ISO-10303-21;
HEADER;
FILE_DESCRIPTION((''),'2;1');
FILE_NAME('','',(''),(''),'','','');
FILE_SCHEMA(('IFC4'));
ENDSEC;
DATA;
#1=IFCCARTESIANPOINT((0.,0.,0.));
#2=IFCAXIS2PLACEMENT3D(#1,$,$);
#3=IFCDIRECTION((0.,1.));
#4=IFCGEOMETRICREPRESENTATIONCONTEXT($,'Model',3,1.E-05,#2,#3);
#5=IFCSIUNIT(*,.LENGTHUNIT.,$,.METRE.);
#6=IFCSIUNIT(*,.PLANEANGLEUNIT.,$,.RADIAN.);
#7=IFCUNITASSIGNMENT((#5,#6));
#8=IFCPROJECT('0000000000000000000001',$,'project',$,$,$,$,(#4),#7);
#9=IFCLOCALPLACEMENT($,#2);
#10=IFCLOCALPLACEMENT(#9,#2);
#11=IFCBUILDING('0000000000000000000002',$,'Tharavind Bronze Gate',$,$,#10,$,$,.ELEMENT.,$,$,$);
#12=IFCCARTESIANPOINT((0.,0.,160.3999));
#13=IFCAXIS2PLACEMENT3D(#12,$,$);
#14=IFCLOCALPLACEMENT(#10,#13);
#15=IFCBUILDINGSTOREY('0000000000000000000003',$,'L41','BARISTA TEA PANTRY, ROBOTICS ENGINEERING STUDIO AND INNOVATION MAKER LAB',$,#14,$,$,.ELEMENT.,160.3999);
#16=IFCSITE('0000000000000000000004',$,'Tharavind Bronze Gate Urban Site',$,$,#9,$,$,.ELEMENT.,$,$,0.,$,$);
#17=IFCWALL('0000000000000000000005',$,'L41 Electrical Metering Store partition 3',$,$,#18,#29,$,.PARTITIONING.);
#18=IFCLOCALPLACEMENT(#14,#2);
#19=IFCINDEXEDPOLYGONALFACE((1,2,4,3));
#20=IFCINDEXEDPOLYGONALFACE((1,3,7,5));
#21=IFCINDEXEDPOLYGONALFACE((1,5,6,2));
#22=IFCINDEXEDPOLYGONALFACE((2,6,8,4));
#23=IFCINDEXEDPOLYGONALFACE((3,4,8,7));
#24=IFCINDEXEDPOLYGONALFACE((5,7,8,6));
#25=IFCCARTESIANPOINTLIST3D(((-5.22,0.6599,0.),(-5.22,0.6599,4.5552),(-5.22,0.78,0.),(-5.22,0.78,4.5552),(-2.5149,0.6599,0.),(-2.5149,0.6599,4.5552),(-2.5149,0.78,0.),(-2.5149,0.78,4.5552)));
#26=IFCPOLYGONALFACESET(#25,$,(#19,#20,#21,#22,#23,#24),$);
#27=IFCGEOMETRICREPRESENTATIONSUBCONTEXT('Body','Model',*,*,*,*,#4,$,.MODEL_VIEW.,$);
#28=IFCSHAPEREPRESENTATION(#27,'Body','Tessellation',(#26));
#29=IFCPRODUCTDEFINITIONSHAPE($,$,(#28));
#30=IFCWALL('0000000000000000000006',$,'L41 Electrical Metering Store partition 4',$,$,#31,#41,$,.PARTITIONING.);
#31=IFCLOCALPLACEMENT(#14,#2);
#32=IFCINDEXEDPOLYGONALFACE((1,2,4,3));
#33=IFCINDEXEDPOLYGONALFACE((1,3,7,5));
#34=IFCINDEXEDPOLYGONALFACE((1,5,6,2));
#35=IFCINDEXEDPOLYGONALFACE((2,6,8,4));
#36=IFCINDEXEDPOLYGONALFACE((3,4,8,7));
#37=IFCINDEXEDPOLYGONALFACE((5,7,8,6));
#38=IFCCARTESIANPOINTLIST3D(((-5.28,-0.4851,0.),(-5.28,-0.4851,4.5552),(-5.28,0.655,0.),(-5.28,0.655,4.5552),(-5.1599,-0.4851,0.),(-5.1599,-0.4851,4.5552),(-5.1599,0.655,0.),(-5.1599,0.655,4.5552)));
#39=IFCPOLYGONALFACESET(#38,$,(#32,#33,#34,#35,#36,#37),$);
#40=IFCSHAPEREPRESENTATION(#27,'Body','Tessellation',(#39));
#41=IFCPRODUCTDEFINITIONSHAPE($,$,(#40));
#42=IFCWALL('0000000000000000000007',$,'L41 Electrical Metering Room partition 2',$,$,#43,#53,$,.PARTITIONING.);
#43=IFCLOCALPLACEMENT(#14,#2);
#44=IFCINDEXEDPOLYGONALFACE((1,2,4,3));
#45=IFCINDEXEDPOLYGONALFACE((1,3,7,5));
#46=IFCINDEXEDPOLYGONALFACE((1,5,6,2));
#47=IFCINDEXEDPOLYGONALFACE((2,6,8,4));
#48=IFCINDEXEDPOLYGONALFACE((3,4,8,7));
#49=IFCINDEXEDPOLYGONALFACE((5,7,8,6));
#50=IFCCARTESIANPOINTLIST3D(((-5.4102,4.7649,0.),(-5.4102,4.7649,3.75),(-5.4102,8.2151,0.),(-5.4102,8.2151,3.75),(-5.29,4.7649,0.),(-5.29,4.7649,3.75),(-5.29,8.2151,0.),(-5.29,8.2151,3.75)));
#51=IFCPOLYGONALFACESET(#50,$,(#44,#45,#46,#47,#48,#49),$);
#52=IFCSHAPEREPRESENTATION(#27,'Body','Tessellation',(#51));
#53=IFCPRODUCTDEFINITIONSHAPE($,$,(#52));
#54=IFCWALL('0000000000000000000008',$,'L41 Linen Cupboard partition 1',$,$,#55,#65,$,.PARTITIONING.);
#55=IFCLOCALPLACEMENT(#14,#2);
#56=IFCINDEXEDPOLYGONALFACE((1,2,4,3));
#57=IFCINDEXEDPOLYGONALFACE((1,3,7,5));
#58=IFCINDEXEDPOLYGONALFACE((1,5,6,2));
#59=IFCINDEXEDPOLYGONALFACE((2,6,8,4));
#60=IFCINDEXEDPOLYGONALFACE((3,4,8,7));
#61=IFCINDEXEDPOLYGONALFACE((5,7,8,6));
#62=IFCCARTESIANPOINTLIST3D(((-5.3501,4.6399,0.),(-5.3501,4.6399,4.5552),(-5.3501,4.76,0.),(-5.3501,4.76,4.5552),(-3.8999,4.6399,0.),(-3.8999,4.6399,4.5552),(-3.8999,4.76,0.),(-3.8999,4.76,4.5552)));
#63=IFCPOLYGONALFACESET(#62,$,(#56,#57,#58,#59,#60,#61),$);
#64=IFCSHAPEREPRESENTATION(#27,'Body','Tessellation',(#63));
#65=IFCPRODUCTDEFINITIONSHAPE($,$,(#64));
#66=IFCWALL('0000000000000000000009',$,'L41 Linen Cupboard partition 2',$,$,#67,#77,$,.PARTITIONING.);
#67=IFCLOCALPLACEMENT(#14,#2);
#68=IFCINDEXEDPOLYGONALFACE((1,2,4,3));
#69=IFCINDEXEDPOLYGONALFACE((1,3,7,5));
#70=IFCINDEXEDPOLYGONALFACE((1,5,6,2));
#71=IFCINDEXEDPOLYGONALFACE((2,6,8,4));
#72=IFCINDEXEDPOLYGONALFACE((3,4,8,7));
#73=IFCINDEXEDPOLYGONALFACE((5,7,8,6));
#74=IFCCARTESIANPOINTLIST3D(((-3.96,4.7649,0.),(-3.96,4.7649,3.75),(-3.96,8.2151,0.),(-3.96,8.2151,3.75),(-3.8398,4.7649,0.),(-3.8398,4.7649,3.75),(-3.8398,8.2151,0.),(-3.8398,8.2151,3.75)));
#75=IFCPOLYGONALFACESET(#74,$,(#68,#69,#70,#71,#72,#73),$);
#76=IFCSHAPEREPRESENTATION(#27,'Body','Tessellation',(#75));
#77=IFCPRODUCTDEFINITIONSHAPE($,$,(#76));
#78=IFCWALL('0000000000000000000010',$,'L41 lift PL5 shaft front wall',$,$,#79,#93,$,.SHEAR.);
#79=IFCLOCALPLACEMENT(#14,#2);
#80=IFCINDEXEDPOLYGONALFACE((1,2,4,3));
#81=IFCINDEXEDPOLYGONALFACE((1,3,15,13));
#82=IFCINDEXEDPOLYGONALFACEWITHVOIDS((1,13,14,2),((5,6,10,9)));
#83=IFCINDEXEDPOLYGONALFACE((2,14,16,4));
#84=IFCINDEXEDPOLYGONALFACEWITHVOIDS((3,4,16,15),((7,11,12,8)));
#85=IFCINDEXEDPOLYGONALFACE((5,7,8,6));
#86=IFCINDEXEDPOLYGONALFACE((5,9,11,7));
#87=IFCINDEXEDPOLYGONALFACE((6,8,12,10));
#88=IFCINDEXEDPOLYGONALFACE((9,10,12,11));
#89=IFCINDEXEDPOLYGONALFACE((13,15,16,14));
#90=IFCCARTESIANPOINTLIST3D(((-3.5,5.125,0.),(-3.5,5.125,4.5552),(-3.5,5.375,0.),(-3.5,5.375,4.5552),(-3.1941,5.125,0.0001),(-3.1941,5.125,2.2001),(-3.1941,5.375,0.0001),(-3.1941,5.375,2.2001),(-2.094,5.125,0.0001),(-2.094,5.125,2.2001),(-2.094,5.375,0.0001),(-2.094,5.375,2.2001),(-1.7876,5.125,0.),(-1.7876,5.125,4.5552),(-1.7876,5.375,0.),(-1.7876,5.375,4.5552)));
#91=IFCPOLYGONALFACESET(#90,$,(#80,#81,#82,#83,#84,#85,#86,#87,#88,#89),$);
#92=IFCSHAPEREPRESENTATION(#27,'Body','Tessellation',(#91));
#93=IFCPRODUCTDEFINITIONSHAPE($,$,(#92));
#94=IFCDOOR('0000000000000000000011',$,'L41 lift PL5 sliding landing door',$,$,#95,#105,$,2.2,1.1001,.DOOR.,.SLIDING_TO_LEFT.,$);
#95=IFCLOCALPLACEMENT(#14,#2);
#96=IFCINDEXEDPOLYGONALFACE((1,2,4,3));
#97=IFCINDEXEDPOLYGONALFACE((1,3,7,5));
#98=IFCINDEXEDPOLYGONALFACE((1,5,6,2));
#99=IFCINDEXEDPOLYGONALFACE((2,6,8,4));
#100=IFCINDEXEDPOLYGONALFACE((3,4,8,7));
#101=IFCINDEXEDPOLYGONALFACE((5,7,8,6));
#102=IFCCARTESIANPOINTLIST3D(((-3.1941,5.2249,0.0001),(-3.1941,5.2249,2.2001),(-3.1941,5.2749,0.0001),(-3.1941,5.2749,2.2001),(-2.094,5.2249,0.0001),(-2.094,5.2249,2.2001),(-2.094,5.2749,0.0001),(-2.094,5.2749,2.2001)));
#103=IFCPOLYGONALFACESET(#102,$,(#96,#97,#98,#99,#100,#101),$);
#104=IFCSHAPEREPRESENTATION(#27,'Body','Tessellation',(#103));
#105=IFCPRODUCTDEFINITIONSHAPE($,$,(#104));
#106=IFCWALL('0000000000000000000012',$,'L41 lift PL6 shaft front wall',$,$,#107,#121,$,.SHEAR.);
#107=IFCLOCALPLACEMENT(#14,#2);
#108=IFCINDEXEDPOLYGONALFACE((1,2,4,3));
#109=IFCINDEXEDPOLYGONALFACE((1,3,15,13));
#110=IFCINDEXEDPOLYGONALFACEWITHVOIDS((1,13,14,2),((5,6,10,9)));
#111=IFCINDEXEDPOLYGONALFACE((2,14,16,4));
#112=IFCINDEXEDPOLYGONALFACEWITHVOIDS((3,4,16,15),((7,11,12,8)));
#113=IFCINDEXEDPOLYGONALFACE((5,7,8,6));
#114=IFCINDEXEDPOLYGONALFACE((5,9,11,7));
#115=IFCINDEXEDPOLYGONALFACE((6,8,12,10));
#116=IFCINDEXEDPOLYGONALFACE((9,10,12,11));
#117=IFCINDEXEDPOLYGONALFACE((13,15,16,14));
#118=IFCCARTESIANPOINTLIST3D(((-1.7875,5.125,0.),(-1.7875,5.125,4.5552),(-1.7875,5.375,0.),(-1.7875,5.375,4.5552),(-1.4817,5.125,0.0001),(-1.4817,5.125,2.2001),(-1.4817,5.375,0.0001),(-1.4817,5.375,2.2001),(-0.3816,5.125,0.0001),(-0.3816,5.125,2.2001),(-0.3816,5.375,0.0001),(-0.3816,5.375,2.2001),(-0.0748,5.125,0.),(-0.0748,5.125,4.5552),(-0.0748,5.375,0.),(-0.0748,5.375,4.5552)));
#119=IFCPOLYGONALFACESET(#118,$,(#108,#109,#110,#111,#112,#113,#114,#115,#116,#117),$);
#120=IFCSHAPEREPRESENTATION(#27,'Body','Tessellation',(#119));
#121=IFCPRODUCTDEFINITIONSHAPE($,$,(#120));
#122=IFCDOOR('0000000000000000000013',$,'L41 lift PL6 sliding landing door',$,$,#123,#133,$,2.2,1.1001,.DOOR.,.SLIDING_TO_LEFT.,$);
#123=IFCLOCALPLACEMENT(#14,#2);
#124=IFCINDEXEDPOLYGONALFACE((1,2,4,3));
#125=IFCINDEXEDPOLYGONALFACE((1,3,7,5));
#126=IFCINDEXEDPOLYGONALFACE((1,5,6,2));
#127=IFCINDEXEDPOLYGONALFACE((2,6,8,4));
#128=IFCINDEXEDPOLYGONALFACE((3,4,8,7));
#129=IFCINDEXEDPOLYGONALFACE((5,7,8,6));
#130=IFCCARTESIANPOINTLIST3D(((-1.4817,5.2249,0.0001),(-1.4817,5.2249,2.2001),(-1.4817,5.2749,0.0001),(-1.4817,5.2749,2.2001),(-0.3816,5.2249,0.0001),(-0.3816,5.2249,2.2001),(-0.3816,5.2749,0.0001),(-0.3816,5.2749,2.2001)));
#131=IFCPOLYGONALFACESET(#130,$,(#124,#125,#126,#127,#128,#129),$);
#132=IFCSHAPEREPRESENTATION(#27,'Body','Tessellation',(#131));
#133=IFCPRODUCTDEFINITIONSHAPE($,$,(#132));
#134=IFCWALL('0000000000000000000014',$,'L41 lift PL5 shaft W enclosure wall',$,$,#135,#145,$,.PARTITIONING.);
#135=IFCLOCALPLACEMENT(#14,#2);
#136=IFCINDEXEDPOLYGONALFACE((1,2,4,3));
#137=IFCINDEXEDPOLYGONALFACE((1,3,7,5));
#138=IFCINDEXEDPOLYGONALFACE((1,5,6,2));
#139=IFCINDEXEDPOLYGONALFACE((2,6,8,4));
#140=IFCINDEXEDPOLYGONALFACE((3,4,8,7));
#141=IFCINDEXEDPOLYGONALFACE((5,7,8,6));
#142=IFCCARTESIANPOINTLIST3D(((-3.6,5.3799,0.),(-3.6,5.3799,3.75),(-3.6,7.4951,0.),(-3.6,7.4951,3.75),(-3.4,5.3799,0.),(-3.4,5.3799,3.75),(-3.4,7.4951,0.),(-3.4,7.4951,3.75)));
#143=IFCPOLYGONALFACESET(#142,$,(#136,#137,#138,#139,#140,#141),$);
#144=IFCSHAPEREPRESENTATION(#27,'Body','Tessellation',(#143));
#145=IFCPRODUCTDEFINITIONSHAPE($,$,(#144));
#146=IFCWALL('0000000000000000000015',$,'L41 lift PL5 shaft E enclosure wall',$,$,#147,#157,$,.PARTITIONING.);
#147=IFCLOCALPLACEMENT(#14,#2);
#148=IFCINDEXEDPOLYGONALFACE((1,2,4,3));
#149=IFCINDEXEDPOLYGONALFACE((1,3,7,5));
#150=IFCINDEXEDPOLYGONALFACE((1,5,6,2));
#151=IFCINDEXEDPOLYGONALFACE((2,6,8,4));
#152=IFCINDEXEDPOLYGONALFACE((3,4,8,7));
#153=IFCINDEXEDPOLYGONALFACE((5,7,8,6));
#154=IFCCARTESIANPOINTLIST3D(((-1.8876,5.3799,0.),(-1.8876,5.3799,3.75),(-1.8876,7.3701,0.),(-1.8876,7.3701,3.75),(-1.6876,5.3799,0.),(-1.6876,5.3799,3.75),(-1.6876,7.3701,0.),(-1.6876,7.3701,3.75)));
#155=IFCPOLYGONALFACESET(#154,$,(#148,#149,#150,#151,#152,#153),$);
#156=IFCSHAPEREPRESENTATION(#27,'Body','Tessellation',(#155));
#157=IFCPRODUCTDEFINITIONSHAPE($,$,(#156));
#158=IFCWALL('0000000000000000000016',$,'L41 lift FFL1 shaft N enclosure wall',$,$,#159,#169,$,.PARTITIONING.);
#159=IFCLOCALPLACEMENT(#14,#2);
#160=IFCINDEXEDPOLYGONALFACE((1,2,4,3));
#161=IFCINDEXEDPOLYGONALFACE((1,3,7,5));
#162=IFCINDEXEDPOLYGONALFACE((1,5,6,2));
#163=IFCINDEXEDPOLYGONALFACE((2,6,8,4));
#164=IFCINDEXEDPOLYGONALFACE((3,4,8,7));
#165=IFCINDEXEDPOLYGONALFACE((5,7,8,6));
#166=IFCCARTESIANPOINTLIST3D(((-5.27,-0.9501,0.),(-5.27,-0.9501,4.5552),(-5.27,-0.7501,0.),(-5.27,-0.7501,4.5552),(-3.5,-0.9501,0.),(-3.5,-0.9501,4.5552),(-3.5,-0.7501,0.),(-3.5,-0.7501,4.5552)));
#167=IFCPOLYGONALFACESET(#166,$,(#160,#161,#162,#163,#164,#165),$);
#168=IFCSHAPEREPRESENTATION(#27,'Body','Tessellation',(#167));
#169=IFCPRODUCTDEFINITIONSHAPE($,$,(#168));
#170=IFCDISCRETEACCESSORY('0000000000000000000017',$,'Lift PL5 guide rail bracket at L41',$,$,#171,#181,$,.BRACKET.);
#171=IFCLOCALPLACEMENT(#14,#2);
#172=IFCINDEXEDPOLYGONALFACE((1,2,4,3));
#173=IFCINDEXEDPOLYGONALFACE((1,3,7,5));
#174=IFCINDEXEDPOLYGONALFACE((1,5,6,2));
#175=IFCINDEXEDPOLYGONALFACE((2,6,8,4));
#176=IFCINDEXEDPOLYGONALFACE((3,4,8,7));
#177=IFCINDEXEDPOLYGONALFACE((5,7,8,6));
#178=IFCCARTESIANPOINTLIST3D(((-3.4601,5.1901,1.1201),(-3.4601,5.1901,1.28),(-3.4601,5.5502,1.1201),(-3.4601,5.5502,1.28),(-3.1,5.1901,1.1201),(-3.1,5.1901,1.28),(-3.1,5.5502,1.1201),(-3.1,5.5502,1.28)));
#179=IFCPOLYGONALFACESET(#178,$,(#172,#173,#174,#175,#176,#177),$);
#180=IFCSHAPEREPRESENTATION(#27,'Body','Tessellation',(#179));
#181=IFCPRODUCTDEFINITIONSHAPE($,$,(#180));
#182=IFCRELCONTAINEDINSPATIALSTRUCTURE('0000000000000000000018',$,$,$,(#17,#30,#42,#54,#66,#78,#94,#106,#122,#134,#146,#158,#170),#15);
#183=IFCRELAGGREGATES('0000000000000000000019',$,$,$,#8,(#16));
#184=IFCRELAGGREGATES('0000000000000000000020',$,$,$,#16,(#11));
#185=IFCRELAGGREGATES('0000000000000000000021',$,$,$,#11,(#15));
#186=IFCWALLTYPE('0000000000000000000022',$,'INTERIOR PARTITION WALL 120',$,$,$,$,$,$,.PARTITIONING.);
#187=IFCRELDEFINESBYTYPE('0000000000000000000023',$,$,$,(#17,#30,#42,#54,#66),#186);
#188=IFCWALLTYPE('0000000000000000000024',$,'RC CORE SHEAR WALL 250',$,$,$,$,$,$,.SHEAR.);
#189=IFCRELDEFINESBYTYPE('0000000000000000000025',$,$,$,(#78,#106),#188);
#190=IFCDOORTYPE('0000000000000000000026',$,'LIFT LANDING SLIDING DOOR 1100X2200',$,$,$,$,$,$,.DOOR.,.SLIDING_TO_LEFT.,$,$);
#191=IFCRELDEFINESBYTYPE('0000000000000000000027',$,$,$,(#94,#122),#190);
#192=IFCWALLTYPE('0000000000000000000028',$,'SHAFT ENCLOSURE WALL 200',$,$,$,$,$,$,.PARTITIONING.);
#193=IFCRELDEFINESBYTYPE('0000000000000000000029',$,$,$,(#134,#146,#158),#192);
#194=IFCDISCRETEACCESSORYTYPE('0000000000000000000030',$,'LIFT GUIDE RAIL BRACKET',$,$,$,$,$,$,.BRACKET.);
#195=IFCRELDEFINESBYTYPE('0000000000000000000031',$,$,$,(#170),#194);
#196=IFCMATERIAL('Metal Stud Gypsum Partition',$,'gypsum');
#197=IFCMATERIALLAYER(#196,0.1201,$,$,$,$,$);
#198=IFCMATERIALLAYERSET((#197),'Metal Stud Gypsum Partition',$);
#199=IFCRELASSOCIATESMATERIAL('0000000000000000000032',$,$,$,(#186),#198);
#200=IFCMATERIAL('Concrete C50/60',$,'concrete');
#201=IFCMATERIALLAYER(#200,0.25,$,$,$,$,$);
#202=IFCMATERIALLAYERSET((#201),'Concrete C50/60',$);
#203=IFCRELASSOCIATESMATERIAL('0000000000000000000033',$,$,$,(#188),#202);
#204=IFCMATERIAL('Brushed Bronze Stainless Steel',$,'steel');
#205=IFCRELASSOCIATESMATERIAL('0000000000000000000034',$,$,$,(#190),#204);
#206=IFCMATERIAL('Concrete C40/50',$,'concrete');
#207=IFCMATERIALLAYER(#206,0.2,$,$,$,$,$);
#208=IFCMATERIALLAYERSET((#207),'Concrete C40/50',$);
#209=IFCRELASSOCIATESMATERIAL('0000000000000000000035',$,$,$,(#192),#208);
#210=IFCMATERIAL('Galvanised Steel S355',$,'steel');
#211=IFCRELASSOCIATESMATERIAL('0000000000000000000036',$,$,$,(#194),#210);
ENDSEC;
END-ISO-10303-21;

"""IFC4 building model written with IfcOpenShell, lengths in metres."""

from ifc_helpers import new_model, si_unit, direction, frame, frame_2d, origin, origin_2d, place, context, subcontext, project, spatial, rectangle, extrude, material, layer, layer_set, type_object, element, fill, save


model = new_model("IFC4")

# Units and contexts
model_context = context("Model", 3, precision=1e-05, world=origin(), true_north=direction((0.0, 1.0)))
body_context = subcontext(model_context, "Body", "Model", "MODEL_VIEW")
ifc_project = project(units=[si_unit("LENGTHUNIT", "METRE"), si_unit("PLANEANGLEUNIT", "RADIAN")], contexts=[model_context])

# Site, building, storey
site_placement = place(None, origin())
site = spatial("IfcSite", under=ifc_project, at=site_placement, Name="Tharavind Bronze Gate Urban Site", CompositionType="ELEMENT", RefElevation=0.0)
building_placement = place(site_placement, origin())
building = spatial("IfcBuilding", under=site, at=building_placement, Name="Tharavind Bronze Gate", CompositionType="ELEMENT")
storey_placement = place(building_placement, frame((0.0, 0.0, 160.3999)))
storey = spatial("IfcBuildingStorey", under=building, at=storey_placement, Name="L41", Description="BARISTA TEA PANTRY, ROBOTICS ENGINEERING STUDIO AND INNOVATION MAKER LAB", CompositionType="ELEMENT", Elevation=160.3999)

# Shared definitions
ifc_material_1 = material(Name="Metal Stud Gypsum Partition", Category="gypsum")
ifc_layer_1 = layer(ifc_material_1, 0.1201)
ifc_layer_set_1 = layer_set([ifc_layer_1], Name="Metal Stud Gypsum Partition")
wall_type_1 = type_object("IfcWallType", Name="INTERIOR PARTITION WALL 120", PredefinedType="PARTITIONING", material=ifc_layer_set_1)

# Walls
wall_1_placement = place(storey_placement, frame((-2.5149, 0.72, 0.0), z_axis=(0.0, 0.0, 1.0), x_axis=(-1.0, 0.0, 0.0)))
element("IfcWall", 1, at=wall_1_placement, inside=storey, type_object=wall_type_1, Name="L41 Electrical Metering Store partition 3", PredefinedType="PARTITIONING", context=body_context, shape_type="SweptSolid", body=[
    extrude(rectangle(XDim=2.7051, YDim=0.1201, at=frame_2d((1.3525, 0.0))), origin(), (0.0, 0.0, 1.0), 4.5552),
])
wall_2_placement = place(storey_placement, frame((-5.22, 0.655, 0.0), z_axis=(0.0, 0.0, 1.0), x_axis=(0.0, -1.0, 0.0)))
element("IfcWall", 2, at=wall_2_placement, inside=storey, type_object=wall_type_1, Name="L41 Electrical Metering Store partition 4", PredefinedType="PARTITIONING", context=body_context, shape_type="SweptSolid", body=[
    extrude(rectangle(XDim=1.1401, YDim=0.1201, at=frame_2d((0.5701, 0.0))), origin(), (0.0, 0.0, 1.0), 4.5552),
])
wall_3_placement = place(storey_placement, frame((-5.3501, 4.7649, 0.0), z_axis=(0.0, 0.0, 1.0), x_axis=(0.0, 1.0, 0.0)))
element("IfcWall", 3, at=wall_3_placement, inside=storey, type_object=wall_type_1, Name="L41 Electrical Metering Room partition 2", PredefinedType="PARTITIONING", context=body_context, shape_type="SweptSolid", body=[
    extrude(rectangle(XDim=3.4502, YDim=0.1201, at=frame_2d((1.7251, 0.0))), origin(), (0.0, 0.0, 1.0), 3.75),
])
wall_4_placement = place(storey_placement, frame((-5.3501, 4.7, 0.0), z_axis=(0.0, 0.0, 1.0), x_axis=(1.0, 0.0, 0.0)))
element("IfcWall", 4, at=wall_4_placement, inside=storey, type_object=wall_type_1, Name="L41 Linen Cupboard partition 1", PredefinedType="PARTITIONING", context=body_context, shape_type="SweptSolid", body=[
    extrude(rectangle(XDim=1.4502, YDim=0.1201, at=frame_2d((0.7251, 0.0))), origin(), (0.0, 0.0, 1.0), 4.5552),
])
wall_5_placement = place(storey_placement, frame((-3.8999, 4.7649, 0.0), z_axis=(0.0, 0.0, 1.0), x_axis=(0.0, 1.0, 0.0)))
element("IfcWall", 5, at=wall_5_placement, inside=storey, type_object=wall_type_1, Name="L41 Linen Cupboard partition 2", PredefinedType="PARTITIONING", context=body_context, shape_type="SweptSolid", body=[
    extrude(rectangle(XDim=3.4502, YDim=0.1201, at=frame_2d((1.7251, 0.0))), origin(), (0.0, 0.0, 1.0), 3.75),
])

# Walls, openings, doors
ifc_material_2 = material(Name="Concrete C50/60", Category="concrete")
ifc_layer_2 = layer(ifc_material_2, 0.25)
ifc_layer_set_2 = layer_set([ifc_layer_2], Name="Concrete C50/60")
wall_type_2 = type_object("IfcWallType", Name="RC CORE SHEAR WALL 250", PredefinedType="SHEAR", material=ifc_layer_set_2)
wall_6_placement = place(storey_placement, frame((-3.5, 5.25, 0.0), z_axis=(0.0, 0.0, 1.0), x_axis=(1.0, 0.0, 0.0)))
wall_6 = element("IfcWall", 6, at=wall_6_placement, inside=storey, type_object=wall_type_2, Name="L41 lift PL5 shaft front wall", PredefinedType="SHEAR", context=body_context, shape_type="SweptSolid", body=[
    extrude(rectangle(XDim=1.7124, YDim=0.25, at=frame_2d((0.8562, 0.0))), origin(), (0.0, 0.0, 1.0), 4.5552),
])
opening_1_placement = place(wall_6_placement, frame((0.3059, 0.0, 0.0)))
opening_1 = element("IfcOpeningElement", 7, at=opening_1_placement, cuts=wall_6, PredefinedType="OPENING", context=body_context, shape_type="SweptSolid", body=[
    extrude(rectangle(XDim=1.1001, YDim=2.2, at=frame_2d((0.55, 1.1001))), frame((0.0, 0.135, 0.0), z_axis=(0.0, -1.0, 0.0), x_axis=(1.0, 0.0, 0.0)), (0.0, 0.0, 1.0), 0.27),
])
ifc_material_3 = material(Name="Brushed Bronze Stainless Steel", Category="steel")
door_type_1 = type_object("IfcDoorType", Name="LIFT LANDING SLIDING DOOR 1100X2200", OperationType="SLIDING_TO_LEFT", PredefinedType="DOOR", material=ifc_material_3)
door_1_placement = place(opening_1_placement, origin())
door_1 = element("IfcDoor", 8, at=door_1_placement, inside=storey, type_object=door_type_1, Name="L41 lift PL5 sliding landing door", OperationType="SLIDING_TO_LEFT", OverallHeight=2.2, OverallWidth=1.1001, PredefinedType="DOOR", context=body_context, shape_type="SweptSolid", body=[
    extrude(rectangle(XDim=1.1001, YDim=2.2, at=frame_2d((0.55, 1.1001))), frame((0.0, 0.0249, 0.0), z_axis=(0.0, -1.0, 0.0), x_axis=(1.0, 0.0, 0.0)), (0.0, 0.0, 1.0), 0.05),
])
fill(opening_1, door_1)
wall_7_placement = place(storey_placement, frame((-1.7876, 5.25, 0.0), z_axis=(0.0, 0.0, 1.0), x_axis=(1.0, 0.0, 0.0)))
wall_7 = element("IfcWall", 9, at=wall_7_placement, inside=storey, type_object=wall_type_2, Name="L41 lift PL6 shaft front wall", PredefinedType="SHEAR", context=body_context, shape_type="SweptSolid", body=[
    extrude(rectangle(XDim=1.7126, YDim=0.25, at=frame_2d((0.8564, 0.0))), origin(), (0.0, 0.0, 1.0), 4.5552),
])
opening_2_placement = place(wall_7_placement, frame((0.3059, 0.0, 0.0)))
opening_2 = element("IfcOpeningElement", 10, at=opening_2_placement, cuts=wall_7, PredefinedType="OPENING", context=body_context, shape_type="SweptSolid", body=[
    extrude(rectangle(XDim=1.1001, YDim=2.2, at=frame_2d((0.55, 1.1001))), frame((0.0, 0.135, 0.0), z_axis=(0.0, -1.0, 0.0), x_axis=(1.0, 0.0, 0.0)), (0.0, 0.0, 1.0), 0.27),
])
door_2_placement = place(opening_2_placement, origin())
door_2 = element("IfcDoor", 11, at=door_2_placement, inside=storey, type_object=door_type_1, Name="L41 lift PL6 sliding landing door", OperationType="SLIDING_TO_LEFT", OverallHeight=2.2, OverallWidth=1.1001, PredefinedType="DOOR", context=body_context, shape_type="SweptSolid", body=[
    extrude(rectangle(XDim=1.1001, YDim=2.2, at=frame_2d((0.55, 1.1001))), frame((0.0, 0.0249, 0.0), z_axis=(0.0, -1.0, 0.0), x_axis=(1.0, 0.0, 0.0)), (0.0, 0.0, 1.0), 0.05),
])
fill(opening_2, door_2)

# Walls
ifc_material_4 = material(Name="Concrete C40/50", Category="concrete")
ifc_layer_3 = layer(ifc_material_4, 0.2)
ifc_layer_set_3 = layer_set([ifc_layer_3], Name="Concrete C40/50")
wall_type_3 = type_object("IfcWallType", Name="SHAFT ENCLOSURE WALL 200", PredefinedType="PARTITIONING", material=ifc_layer_set_3)
wall_8_placement = place(storey_placement, frame((-3.5, 5.3799, 0.0), z_axis=(0.0, 0.0, 1.0), x_axis=(0.0, 1.0, 0.0)))
element("IfcWall", 12, at=wall_8_placement, inside=storey, type_object=wall_type_3, Name="L41 lift PL5 shaft W enclosure wall", PredefinedType="PARTITIONING", context=body_context, shape_type="SweptSolid", body=[
    extrude(rectangle(XDim=2.1152, YDim=0.2, at=frame_2d((1.0576, 0.0))), origin(), (0.0, 0.0, 1.0), 3.75),
])
wall_9_placement = place(storey_placement, frame((-1.7876, 5.3799, 0.0), z_axis=(0.0, 0.0, 1.0), x_axis=(0.0, 1.0, 0.0)))
element("IfcWall", 13, at=wall_9_placement, inside=storey, type_object=wall_type_3, Name="L41 lift PL5 shaft E enclosure wall", PredefinedType="PARTITIONING", context=body_context, shape_type="SweptSolid", body=[
    extrude(rectangle(XDim=1.9902, YDim=0.2, at=frame_2d((0.9951, 0.0))), origin(), (0.0, 0.0, 1.0), 3.75),
])
wall_10_placement = place(storey_placement, frame((-5.27, -0.8501, 0.0), z_axis=(0.0, 0.0, 1.0), x_axis=(1.0, 0.0, 0.0)))
element("IfcWall", 14, at=wall_10_placement, inside=storey, type_object=wall_type_3, Name="L41 lift FFL1 shaft N enclosure wall", PredefinedType="PARTITIONING", context=body_context, shape_type="SweptSolid", body=[
    extrude(rectangle(XDim=1.77, YDim=0.2, at=frame_2d((0.885, 0.0))), origin(), (0.0, 0.0, 1.0), 4.5552),
])

# Discrete accessory
ifc_material_5 = material(Name="Galvanised Steel S355", Category="steel")
discrete_accessory_type = type_object("IfcDiscreteAccessoryType", Name="LIFT GUIDE RAIL BRACKET", PredefinedType="BRACKET", material=ifc_material_5)
for number, where, z_axis, x_axis, name in (
    (15, (-3.28, 5.3701, 1.1201), (0.0, 0.0, 1.0), (1.0, 0.0, 0.0), "Lift PL5 guide rail bracket at L41"),
):
    element("IfcDiscreteAccessory", number, at=place(storey_placement, frame(where, z_axis=z_axis, x_axis=x_axis)), inside=storey, type_object=discrete_accessory_type, Name=name, PredefinedType="BRACKET", context=body_context, shape_type="SweptSolid", body=[
        extrude(rectangle(XDim=0.3601, YDim=0.3601, at=origin_2d()), origin(), (0.0, 0.0, 1.0), 0.1599),
    ])

save(model, "model.ifc")
